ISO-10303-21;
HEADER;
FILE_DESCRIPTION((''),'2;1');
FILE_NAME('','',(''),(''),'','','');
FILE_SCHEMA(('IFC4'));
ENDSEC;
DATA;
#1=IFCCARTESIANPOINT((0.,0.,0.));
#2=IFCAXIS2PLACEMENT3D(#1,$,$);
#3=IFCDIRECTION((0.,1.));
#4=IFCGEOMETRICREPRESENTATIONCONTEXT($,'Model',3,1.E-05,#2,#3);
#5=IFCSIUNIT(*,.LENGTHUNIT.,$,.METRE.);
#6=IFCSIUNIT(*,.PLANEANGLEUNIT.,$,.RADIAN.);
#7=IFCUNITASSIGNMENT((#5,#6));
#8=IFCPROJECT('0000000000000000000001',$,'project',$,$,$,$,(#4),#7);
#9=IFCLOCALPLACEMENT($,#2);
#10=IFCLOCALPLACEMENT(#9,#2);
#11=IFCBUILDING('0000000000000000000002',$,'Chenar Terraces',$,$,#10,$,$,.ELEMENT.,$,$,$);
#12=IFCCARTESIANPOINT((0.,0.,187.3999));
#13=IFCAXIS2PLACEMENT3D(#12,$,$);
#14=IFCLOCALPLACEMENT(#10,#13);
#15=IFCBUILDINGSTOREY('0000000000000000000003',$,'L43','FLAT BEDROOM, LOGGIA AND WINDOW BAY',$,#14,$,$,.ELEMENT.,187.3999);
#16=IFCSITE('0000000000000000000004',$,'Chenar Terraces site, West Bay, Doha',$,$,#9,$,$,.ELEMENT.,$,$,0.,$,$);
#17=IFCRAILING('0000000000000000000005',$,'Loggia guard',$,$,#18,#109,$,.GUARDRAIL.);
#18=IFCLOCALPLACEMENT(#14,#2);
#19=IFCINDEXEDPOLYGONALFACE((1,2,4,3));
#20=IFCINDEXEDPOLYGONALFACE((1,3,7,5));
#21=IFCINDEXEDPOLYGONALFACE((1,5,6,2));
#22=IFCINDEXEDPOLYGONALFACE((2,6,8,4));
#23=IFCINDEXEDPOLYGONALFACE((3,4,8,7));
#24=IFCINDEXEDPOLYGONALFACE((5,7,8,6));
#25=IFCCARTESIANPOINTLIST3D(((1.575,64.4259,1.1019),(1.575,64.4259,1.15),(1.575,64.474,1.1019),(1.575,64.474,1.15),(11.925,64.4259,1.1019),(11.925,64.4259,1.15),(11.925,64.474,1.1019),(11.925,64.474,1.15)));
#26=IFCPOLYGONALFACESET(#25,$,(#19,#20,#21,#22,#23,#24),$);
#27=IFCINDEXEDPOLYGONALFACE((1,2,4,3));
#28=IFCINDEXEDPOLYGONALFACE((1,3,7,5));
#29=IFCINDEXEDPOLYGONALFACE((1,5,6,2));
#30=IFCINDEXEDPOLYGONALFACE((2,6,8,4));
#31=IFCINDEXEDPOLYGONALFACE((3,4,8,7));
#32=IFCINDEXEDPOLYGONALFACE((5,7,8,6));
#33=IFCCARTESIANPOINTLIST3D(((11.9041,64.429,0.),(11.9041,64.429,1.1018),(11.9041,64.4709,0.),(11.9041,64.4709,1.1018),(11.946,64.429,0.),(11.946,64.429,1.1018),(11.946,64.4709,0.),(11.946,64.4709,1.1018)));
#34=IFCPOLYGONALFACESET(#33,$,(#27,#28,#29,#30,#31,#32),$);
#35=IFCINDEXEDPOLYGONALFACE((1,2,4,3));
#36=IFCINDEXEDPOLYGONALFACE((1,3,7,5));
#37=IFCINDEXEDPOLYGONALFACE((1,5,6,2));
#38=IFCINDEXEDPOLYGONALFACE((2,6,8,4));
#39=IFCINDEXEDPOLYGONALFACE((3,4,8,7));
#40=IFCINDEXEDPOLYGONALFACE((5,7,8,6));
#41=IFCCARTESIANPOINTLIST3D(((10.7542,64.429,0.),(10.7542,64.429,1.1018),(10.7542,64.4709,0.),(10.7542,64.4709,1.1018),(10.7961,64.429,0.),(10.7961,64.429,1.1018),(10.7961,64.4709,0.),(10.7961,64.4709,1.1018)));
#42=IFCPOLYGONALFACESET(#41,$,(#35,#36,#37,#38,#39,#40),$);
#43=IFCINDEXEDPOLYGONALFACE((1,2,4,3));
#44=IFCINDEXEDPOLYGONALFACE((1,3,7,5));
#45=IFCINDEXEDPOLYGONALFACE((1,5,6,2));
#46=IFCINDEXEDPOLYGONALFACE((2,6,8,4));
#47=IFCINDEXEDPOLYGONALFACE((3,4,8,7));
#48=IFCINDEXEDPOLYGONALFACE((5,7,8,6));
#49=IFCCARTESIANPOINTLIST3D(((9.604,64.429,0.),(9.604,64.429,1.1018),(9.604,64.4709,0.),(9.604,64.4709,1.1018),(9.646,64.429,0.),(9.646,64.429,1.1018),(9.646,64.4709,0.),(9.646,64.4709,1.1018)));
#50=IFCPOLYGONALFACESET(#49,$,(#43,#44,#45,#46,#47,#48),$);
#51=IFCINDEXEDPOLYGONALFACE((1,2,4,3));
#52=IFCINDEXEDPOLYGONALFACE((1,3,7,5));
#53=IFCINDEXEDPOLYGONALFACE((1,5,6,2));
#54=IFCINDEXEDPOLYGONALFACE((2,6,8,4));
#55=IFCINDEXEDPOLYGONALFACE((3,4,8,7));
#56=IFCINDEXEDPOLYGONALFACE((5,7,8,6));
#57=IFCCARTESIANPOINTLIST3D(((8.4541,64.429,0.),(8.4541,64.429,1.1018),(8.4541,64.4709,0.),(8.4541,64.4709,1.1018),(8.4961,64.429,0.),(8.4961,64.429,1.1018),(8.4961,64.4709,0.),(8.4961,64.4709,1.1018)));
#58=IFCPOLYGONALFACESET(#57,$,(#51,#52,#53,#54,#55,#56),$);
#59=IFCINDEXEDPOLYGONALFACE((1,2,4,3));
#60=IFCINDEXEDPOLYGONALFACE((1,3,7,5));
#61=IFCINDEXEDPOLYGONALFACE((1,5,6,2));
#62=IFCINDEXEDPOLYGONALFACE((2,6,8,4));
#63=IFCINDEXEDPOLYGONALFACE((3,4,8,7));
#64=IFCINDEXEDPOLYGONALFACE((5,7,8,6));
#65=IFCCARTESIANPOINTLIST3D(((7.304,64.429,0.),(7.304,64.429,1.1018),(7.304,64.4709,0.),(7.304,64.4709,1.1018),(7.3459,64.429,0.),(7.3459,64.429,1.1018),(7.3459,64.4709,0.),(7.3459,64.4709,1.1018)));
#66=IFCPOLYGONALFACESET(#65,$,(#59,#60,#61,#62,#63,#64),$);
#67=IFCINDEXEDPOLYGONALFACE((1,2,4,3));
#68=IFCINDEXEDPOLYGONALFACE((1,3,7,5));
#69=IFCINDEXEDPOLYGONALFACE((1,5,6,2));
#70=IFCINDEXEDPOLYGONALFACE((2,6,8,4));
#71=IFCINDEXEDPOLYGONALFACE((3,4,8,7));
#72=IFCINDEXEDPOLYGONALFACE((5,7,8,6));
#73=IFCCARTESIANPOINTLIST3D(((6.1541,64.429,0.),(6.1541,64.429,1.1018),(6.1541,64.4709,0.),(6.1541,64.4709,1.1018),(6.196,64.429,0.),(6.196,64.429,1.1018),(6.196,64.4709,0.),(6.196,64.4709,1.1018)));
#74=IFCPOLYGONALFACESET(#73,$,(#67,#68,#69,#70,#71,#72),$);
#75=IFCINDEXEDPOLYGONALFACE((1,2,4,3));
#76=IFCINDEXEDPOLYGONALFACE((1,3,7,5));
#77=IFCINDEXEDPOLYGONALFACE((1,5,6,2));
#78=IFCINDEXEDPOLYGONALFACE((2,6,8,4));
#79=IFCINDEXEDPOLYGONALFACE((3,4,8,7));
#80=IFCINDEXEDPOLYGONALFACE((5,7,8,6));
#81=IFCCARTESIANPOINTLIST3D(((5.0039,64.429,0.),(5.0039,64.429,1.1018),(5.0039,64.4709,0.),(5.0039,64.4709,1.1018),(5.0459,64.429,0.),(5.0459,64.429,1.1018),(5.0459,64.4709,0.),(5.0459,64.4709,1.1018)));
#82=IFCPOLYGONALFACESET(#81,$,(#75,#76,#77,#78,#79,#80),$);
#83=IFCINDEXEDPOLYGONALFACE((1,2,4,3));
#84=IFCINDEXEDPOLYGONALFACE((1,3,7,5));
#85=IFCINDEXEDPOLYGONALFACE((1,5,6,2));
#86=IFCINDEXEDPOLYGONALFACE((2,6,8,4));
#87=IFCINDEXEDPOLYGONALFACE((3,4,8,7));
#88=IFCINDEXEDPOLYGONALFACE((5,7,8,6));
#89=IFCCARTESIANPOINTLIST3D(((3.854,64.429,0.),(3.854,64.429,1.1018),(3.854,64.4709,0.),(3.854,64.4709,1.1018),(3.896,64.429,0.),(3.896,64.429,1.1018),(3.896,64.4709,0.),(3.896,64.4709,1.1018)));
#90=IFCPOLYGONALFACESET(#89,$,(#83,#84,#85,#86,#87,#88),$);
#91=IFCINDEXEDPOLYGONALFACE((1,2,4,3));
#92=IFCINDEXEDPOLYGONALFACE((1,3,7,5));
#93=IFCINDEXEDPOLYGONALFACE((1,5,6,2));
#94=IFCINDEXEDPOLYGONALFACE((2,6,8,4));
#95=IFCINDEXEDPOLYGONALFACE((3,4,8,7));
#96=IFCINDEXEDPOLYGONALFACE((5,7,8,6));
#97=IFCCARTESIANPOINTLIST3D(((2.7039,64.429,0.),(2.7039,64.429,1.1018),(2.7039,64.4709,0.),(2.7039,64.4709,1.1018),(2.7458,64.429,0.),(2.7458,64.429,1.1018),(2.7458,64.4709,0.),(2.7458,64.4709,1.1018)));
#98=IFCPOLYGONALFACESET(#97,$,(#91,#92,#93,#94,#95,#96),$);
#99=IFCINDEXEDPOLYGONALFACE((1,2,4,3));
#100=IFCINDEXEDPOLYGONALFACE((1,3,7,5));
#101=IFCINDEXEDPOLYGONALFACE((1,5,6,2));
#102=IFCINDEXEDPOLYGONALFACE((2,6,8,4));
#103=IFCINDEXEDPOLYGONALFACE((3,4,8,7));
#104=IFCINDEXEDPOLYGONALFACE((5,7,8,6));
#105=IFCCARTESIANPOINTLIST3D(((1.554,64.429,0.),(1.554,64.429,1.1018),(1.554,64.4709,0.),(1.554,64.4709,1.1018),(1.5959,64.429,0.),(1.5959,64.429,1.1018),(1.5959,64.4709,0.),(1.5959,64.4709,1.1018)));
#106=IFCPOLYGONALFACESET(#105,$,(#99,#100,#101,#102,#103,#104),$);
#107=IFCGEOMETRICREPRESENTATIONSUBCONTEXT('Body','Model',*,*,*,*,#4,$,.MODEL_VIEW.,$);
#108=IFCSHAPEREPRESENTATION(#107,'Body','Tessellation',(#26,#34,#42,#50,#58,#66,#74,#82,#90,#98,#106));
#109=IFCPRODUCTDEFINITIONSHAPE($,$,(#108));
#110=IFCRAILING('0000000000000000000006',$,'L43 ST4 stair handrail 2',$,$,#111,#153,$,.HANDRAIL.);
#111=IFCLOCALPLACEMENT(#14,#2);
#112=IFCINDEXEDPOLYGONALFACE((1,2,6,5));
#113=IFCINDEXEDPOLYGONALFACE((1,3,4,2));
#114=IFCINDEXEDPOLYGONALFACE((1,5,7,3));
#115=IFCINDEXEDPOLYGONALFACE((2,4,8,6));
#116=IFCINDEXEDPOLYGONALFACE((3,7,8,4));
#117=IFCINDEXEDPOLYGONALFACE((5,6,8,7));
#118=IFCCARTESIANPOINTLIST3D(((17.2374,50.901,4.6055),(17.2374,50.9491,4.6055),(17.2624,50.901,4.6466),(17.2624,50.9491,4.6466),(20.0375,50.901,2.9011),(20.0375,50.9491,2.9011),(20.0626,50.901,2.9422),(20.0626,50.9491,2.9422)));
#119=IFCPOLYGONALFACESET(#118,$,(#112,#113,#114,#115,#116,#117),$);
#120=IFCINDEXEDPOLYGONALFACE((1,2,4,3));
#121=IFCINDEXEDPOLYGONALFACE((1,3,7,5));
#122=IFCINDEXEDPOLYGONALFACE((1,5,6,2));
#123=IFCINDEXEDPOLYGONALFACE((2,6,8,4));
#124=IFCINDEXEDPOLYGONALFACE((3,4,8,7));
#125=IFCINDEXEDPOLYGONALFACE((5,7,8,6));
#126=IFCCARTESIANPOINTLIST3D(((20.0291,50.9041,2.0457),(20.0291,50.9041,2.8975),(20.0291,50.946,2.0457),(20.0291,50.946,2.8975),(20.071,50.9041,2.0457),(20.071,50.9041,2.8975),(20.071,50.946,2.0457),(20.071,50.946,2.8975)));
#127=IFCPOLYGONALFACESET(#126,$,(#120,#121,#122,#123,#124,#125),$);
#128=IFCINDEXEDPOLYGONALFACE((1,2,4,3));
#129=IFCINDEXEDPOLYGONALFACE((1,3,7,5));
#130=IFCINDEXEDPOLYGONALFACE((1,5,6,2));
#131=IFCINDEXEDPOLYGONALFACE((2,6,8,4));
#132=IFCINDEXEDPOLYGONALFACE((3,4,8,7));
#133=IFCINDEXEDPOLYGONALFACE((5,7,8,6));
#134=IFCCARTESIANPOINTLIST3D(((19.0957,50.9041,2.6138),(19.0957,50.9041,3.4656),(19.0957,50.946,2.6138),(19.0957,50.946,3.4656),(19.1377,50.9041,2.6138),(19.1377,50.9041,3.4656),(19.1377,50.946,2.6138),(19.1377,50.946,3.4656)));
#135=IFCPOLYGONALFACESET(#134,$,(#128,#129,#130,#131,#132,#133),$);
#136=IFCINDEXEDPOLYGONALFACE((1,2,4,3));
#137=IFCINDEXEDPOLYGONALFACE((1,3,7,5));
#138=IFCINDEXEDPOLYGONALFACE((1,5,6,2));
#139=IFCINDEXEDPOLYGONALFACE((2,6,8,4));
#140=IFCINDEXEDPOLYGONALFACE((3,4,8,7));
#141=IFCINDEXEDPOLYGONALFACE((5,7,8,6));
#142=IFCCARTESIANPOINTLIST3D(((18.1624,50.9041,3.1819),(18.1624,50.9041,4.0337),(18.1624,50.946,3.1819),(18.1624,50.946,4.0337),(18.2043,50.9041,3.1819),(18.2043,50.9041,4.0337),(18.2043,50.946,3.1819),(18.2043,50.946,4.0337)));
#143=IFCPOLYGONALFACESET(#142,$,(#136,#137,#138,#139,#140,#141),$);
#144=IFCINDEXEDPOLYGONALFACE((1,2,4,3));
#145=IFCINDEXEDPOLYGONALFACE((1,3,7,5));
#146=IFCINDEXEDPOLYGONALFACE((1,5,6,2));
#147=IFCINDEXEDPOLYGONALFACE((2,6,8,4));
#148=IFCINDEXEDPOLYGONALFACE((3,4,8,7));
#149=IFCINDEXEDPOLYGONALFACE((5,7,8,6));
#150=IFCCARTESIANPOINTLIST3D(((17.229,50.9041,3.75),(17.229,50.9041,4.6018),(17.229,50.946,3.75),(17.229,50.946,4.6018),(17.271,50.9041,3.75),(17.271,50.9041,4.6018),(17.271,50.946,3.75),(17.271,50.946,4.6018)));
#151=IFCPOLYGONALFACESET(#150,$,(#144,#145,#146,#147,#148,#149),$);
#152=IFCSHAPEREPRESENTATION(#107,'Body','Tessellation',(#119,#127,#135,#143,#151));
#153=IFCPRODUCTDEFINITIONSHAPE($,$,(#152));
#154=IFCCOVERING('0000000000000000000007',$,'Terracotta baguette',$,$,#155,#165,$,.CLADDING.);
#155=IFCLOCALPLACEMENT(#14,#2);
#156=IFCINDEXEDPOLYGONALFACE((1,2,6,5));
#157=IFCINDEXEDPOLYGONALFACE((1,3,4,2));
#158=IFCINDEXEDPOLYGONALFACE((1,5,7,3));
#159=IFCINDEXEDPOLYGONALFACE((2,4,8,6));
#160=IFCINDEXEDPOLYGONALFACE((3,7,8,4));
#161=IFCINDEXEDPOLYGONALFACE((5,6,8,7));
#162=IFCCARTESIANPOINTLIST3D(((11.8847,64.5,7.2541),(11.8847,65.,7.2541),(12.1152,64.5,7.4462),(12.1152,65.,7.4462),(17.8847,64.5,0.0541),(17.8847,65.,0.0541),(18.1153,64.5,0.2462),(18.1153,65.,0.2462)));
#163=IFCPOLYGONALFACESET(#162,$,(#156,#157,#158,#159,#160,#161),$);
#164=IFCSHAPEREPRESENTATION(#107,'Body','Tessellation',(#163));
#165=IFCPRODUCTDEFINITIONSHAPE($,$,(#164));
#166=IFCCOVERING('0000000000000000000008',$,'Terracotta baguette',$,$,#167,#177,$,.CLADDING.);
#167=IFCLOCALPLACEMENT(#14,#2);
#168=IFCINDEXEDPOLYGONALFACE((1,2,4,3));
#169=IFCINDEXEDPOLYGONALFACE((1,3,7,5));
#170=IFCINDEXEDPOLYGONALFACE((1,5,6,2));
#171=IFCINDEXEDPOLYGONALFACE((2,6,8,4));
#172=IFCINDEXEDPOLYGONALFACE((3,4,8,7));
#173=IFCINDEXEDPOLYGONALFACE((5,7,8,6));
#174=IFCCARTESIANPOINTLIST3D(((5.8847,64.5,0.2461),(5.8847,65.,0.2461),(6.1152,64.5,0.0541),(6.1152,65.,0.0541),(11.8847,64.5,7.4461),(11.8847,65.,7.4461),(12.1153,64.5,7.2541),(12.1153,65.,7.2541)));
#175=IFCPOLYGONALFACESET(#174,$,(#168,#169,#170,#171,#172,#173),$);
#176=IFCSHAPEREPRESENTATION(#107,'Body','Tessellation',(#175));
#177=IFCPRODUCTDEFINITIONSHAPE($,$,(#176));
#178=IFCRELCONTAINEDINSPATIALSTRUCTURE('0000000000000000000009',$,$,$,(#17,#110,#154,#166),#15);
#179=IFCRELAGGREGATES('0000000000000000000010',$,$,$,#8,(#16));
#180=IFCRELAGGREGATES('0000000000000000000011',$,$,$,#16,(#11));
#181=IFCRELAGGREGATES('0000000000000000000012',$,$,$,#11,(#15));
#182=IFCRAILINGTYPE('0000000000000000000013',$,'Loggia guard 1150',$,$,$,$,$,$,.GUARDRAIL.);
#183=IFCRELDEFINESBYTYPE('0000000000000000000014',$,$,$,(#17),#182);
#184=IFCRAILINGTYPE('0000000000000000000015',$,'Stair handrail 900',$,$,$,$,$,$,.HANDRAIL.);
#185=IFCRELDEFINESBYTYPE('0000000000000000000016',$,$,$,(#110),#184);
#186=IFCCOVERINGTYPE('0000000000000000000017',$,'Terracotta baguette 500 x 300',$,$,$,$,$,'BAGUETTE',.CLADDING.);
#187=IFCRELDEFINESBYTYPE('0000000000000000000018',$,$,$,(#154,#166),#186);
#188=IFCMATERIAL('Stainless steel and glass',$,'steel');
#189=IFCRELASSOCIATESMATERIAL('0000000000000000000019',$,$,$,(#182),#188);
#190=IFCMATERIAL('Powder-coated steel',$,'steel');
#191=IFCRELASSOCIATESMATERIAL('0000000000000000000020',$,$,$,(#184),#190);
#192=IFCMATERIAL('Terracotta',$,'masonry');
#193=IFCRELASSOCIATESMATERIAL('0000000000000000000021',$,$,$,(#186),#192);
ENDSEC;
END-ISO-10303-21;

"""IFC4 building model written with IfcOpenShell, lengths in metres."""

from ifc_helpers import new_model, si_unit, direction, frame, origin, origin_2d, place, context, subcontext, project, spatial, rectangle, extrude, material, material_profile, profile_set, type_object, element, save


model = new_model("IFC4")

# Units and contexts
model_context = context("Model", 3, precision=1e-05, world=origin(), true_north=direction((0.0, 1.0)))
body_context = subcontext(model_context, "Body", "Model", "MODEL_VIEW")
ifc_project = project(units=[si_unit("LENGTHUNIT", "METRE"), si_unit("PLANEANGLEUNIT", "RADIAN")], contexts=[model_context])

# Site, building, storey
site_placement = place(None, origin())
site = spatial("IfcSite", under=ifc_project, at=site_placement, Name="Chenar Terraces site, West Bay, Doha", CompositionType="ELEMENT", RefElevation=0.0)
building_placement = place(site_placement, origin())
building = spatial("IfcBuilding", under=site, at=building_placement, Name="Chenar Terraces", CompositionType="ELEMENT")
storey_placement = place(building_placement, frame((0.0, 0.0, 187.3999)))
storey = spatial("IfcBuildingStorey", under=building, at=storey_placement, Name="L43", Description="FLAT BEDROOM, LOGGIA AND WINDOW BAY", CompositionType="ELEMENT", Elevation=187.3999)

# Railings
ifc_material_1 = material(Name="Stainless steel and glass", Category="steel")
railing_type_1 = type_object("IfcRailingType", Name="Loggia guard 1150", PredefinedType="GUARDRAIL", material=ifc_material_1)
railing_1_placement = place(storey_placement, frame((11.925, 64.45, 0.0)))
element("IfcRailing", 1, at=railing_1_placement, inside=storey, type_object=railing_type_1, Name="Loggia guard", PredefinedType="GUARDRAIL", context=body_context, shape_type="SweptSolid", body=[
    extrude(rectangle(XDim=0.0481, YDim=0.0481, at=origin_2d()), frame((0.0, 0.0, 1.126), z_axis=(-1.0, 0.0, 0.0), x_axis=(0.0, -1.0, 0.0)), (0.0, 0.0, 1.0), 10.3501),
    extrude(rectangle(XDim=0.042, YDim=0.042, at=origin_2d()), origin(), (0.0, 0.0, 1.0), 1.1018),
    extrude(rectangle(XDim=0.042, YDim=0.042, at=origin_2d()), frame((-1.1499, 0.0, 0.0)), (0.0, 0.0, 1.0), 1.1018),
    extrude(rectangle(XDim=0.042, YDim=0.042, at=origin_2d()), frame((-2.3, 0.0, 0.0)), (0.0, 0.0, 1.0), 1.1018),
    extrude(rectangle(XDim=0.042, YDim=0.042, at=origin_2d()), frame((-3.45, 0.0, 0.0)), (0.0, 0.0, 1.0), 1.1018),
    extrude(rectangle(XDim=0.042, YDim=0.042, at=origin_2d()), frame((-4.6001, 0.0, 0.0)), (0.0, 0.0, 1.0), 1.1018),
    extrude(rectangle(XDim=0.042, YDim=0.042, at=origin_2d()), frame((-5.75, 0.0, 0.0)), (0.0, 0.0, 1.0), 1.1018),
    extrude(rectangle(XDim=0.042, YDim=0.042, at=origin_2d()), frame((-6.9001, 0.0, 0.0)), (0.0, 0.0, 1.0), 1.1018),
    extrude(rectangle(XDim=0.042, YDim=0.042, at=origin_2d()), frame((-8.05, 0.0, 0.0)), (0.0, 0.0, 1.0), 1.1018),
    extrude(rectangle(XDim=0.042, YDim=0.042, at=origin_2d()), frame((-9.2002, 0.0, 0.0)), (0.0, 0.0, 1.0), 1.1018),
    extrude(rectangle(XDim=0.042, YDim=0.042, at=origin_2d()), frame((-10.3501, 0.0, 0.0)), (0.0, 0.0, 1.0), 1.1018),
])
ifc_material_2 = material(Name="Powder-coated steel", Category="steel")
railing_type_2 = type_object("IfcRailingType", Name="Stair handrail 900", PredefinedType="HANDRAIL", material=ifc_material_2)
railing_2_placement = place(storey_placement, frame((20.05, 50.925, 2.0457)))
element("IfcRailing", 2, at=railing_2_placement, inside=storey, type_object=railing_type_2, Name="L43 ST4 stair handrail 2", PredefinedType="HANDRAIL", context=body_context, shape_type="SweptSolid", body=[
    extrude(rectangle(XDim=0.0481, YDim=0.0481, at=origin_2d()), frame((0.0, 0.0, 0.876), z_axis=(-0.854203, 0.0, 0.51994), x_axis=(0.0, -1.0, 0.0)), (0.0, 0.0, 1.0), 3.2781),
    extrude(rectangle(XDim=0.042, YDim=0.042, at=origin_2d()), origin(), (0.0, 0.0, 1.0), 0.8518),
    extrude(rectangle(XDim=0.042, YDim=0.042, at=origin_2d()), frame((-0.9333, 0.0, 0.5681)), (0.0, 0.0, 1.0), 0.8518),
    extrude(rectangle(XDim=0.042, YDim=0.042, at=origin_2d()), frame((-1.8667, 0.0, 1.1362)), (0.0, 0.0, 1.0), 0.8518),
    extrude(rectangle(XDim=0.042, YDim=0.042, at=origin_2d()), frame((-2.8, 0.0, 1.7043)), (0.0, 0.0, 1.0), 0.8518),
])

# Coverings
ifc_material_3 = material(Name="Terracotta", Category="masonry")
ifc_material_profile_1 = material_profile(ifc_material_3, rectangle(XDim=0.5, YDim=0.3, at=origin_2d()), Name="Terracotta baguette 500 x 300")
ifc_profile_set_1 = profile_set([ifc_material_profile_1], Name="Terracotta")
covering_type = type_object("IfcCoveringType", Name="Terracotta baguette 500 x 300", ElementType="BAGUETTE", PredefinedType="CLADDING", material=ifc_profile_set_1)
for number, where, z_axis, x_axis, name in (
    (3, (18.0, 64.75, 0.1501), (-0.640187, 0.0, 0.768219), (0.0, -1.0, 0.0), "Terracotta baguette"),
    (4, (12.0, 64.75, 7.3501), (-0.640187, 0.0, -0.768219), (0.0, -1.0, 0.0), "Terracotta baguette"),
):
    element("IfcCovering", number, at=place(storey_placement, frame(where, z_axis=z_axis, x_axis=x_axis)), inside=storey, type_object=covering_type, Name=name, PredefinedType="CLADDING", context=body_context, shape_type="SweptSolid", body=[
        extrude(rectangle(XDim=0.5, YDim=0.3, at=origin_2d()), origin(), (0.0, 0.0, 1.0), 9.3723),
    ])

save(model, "model.ifc")
